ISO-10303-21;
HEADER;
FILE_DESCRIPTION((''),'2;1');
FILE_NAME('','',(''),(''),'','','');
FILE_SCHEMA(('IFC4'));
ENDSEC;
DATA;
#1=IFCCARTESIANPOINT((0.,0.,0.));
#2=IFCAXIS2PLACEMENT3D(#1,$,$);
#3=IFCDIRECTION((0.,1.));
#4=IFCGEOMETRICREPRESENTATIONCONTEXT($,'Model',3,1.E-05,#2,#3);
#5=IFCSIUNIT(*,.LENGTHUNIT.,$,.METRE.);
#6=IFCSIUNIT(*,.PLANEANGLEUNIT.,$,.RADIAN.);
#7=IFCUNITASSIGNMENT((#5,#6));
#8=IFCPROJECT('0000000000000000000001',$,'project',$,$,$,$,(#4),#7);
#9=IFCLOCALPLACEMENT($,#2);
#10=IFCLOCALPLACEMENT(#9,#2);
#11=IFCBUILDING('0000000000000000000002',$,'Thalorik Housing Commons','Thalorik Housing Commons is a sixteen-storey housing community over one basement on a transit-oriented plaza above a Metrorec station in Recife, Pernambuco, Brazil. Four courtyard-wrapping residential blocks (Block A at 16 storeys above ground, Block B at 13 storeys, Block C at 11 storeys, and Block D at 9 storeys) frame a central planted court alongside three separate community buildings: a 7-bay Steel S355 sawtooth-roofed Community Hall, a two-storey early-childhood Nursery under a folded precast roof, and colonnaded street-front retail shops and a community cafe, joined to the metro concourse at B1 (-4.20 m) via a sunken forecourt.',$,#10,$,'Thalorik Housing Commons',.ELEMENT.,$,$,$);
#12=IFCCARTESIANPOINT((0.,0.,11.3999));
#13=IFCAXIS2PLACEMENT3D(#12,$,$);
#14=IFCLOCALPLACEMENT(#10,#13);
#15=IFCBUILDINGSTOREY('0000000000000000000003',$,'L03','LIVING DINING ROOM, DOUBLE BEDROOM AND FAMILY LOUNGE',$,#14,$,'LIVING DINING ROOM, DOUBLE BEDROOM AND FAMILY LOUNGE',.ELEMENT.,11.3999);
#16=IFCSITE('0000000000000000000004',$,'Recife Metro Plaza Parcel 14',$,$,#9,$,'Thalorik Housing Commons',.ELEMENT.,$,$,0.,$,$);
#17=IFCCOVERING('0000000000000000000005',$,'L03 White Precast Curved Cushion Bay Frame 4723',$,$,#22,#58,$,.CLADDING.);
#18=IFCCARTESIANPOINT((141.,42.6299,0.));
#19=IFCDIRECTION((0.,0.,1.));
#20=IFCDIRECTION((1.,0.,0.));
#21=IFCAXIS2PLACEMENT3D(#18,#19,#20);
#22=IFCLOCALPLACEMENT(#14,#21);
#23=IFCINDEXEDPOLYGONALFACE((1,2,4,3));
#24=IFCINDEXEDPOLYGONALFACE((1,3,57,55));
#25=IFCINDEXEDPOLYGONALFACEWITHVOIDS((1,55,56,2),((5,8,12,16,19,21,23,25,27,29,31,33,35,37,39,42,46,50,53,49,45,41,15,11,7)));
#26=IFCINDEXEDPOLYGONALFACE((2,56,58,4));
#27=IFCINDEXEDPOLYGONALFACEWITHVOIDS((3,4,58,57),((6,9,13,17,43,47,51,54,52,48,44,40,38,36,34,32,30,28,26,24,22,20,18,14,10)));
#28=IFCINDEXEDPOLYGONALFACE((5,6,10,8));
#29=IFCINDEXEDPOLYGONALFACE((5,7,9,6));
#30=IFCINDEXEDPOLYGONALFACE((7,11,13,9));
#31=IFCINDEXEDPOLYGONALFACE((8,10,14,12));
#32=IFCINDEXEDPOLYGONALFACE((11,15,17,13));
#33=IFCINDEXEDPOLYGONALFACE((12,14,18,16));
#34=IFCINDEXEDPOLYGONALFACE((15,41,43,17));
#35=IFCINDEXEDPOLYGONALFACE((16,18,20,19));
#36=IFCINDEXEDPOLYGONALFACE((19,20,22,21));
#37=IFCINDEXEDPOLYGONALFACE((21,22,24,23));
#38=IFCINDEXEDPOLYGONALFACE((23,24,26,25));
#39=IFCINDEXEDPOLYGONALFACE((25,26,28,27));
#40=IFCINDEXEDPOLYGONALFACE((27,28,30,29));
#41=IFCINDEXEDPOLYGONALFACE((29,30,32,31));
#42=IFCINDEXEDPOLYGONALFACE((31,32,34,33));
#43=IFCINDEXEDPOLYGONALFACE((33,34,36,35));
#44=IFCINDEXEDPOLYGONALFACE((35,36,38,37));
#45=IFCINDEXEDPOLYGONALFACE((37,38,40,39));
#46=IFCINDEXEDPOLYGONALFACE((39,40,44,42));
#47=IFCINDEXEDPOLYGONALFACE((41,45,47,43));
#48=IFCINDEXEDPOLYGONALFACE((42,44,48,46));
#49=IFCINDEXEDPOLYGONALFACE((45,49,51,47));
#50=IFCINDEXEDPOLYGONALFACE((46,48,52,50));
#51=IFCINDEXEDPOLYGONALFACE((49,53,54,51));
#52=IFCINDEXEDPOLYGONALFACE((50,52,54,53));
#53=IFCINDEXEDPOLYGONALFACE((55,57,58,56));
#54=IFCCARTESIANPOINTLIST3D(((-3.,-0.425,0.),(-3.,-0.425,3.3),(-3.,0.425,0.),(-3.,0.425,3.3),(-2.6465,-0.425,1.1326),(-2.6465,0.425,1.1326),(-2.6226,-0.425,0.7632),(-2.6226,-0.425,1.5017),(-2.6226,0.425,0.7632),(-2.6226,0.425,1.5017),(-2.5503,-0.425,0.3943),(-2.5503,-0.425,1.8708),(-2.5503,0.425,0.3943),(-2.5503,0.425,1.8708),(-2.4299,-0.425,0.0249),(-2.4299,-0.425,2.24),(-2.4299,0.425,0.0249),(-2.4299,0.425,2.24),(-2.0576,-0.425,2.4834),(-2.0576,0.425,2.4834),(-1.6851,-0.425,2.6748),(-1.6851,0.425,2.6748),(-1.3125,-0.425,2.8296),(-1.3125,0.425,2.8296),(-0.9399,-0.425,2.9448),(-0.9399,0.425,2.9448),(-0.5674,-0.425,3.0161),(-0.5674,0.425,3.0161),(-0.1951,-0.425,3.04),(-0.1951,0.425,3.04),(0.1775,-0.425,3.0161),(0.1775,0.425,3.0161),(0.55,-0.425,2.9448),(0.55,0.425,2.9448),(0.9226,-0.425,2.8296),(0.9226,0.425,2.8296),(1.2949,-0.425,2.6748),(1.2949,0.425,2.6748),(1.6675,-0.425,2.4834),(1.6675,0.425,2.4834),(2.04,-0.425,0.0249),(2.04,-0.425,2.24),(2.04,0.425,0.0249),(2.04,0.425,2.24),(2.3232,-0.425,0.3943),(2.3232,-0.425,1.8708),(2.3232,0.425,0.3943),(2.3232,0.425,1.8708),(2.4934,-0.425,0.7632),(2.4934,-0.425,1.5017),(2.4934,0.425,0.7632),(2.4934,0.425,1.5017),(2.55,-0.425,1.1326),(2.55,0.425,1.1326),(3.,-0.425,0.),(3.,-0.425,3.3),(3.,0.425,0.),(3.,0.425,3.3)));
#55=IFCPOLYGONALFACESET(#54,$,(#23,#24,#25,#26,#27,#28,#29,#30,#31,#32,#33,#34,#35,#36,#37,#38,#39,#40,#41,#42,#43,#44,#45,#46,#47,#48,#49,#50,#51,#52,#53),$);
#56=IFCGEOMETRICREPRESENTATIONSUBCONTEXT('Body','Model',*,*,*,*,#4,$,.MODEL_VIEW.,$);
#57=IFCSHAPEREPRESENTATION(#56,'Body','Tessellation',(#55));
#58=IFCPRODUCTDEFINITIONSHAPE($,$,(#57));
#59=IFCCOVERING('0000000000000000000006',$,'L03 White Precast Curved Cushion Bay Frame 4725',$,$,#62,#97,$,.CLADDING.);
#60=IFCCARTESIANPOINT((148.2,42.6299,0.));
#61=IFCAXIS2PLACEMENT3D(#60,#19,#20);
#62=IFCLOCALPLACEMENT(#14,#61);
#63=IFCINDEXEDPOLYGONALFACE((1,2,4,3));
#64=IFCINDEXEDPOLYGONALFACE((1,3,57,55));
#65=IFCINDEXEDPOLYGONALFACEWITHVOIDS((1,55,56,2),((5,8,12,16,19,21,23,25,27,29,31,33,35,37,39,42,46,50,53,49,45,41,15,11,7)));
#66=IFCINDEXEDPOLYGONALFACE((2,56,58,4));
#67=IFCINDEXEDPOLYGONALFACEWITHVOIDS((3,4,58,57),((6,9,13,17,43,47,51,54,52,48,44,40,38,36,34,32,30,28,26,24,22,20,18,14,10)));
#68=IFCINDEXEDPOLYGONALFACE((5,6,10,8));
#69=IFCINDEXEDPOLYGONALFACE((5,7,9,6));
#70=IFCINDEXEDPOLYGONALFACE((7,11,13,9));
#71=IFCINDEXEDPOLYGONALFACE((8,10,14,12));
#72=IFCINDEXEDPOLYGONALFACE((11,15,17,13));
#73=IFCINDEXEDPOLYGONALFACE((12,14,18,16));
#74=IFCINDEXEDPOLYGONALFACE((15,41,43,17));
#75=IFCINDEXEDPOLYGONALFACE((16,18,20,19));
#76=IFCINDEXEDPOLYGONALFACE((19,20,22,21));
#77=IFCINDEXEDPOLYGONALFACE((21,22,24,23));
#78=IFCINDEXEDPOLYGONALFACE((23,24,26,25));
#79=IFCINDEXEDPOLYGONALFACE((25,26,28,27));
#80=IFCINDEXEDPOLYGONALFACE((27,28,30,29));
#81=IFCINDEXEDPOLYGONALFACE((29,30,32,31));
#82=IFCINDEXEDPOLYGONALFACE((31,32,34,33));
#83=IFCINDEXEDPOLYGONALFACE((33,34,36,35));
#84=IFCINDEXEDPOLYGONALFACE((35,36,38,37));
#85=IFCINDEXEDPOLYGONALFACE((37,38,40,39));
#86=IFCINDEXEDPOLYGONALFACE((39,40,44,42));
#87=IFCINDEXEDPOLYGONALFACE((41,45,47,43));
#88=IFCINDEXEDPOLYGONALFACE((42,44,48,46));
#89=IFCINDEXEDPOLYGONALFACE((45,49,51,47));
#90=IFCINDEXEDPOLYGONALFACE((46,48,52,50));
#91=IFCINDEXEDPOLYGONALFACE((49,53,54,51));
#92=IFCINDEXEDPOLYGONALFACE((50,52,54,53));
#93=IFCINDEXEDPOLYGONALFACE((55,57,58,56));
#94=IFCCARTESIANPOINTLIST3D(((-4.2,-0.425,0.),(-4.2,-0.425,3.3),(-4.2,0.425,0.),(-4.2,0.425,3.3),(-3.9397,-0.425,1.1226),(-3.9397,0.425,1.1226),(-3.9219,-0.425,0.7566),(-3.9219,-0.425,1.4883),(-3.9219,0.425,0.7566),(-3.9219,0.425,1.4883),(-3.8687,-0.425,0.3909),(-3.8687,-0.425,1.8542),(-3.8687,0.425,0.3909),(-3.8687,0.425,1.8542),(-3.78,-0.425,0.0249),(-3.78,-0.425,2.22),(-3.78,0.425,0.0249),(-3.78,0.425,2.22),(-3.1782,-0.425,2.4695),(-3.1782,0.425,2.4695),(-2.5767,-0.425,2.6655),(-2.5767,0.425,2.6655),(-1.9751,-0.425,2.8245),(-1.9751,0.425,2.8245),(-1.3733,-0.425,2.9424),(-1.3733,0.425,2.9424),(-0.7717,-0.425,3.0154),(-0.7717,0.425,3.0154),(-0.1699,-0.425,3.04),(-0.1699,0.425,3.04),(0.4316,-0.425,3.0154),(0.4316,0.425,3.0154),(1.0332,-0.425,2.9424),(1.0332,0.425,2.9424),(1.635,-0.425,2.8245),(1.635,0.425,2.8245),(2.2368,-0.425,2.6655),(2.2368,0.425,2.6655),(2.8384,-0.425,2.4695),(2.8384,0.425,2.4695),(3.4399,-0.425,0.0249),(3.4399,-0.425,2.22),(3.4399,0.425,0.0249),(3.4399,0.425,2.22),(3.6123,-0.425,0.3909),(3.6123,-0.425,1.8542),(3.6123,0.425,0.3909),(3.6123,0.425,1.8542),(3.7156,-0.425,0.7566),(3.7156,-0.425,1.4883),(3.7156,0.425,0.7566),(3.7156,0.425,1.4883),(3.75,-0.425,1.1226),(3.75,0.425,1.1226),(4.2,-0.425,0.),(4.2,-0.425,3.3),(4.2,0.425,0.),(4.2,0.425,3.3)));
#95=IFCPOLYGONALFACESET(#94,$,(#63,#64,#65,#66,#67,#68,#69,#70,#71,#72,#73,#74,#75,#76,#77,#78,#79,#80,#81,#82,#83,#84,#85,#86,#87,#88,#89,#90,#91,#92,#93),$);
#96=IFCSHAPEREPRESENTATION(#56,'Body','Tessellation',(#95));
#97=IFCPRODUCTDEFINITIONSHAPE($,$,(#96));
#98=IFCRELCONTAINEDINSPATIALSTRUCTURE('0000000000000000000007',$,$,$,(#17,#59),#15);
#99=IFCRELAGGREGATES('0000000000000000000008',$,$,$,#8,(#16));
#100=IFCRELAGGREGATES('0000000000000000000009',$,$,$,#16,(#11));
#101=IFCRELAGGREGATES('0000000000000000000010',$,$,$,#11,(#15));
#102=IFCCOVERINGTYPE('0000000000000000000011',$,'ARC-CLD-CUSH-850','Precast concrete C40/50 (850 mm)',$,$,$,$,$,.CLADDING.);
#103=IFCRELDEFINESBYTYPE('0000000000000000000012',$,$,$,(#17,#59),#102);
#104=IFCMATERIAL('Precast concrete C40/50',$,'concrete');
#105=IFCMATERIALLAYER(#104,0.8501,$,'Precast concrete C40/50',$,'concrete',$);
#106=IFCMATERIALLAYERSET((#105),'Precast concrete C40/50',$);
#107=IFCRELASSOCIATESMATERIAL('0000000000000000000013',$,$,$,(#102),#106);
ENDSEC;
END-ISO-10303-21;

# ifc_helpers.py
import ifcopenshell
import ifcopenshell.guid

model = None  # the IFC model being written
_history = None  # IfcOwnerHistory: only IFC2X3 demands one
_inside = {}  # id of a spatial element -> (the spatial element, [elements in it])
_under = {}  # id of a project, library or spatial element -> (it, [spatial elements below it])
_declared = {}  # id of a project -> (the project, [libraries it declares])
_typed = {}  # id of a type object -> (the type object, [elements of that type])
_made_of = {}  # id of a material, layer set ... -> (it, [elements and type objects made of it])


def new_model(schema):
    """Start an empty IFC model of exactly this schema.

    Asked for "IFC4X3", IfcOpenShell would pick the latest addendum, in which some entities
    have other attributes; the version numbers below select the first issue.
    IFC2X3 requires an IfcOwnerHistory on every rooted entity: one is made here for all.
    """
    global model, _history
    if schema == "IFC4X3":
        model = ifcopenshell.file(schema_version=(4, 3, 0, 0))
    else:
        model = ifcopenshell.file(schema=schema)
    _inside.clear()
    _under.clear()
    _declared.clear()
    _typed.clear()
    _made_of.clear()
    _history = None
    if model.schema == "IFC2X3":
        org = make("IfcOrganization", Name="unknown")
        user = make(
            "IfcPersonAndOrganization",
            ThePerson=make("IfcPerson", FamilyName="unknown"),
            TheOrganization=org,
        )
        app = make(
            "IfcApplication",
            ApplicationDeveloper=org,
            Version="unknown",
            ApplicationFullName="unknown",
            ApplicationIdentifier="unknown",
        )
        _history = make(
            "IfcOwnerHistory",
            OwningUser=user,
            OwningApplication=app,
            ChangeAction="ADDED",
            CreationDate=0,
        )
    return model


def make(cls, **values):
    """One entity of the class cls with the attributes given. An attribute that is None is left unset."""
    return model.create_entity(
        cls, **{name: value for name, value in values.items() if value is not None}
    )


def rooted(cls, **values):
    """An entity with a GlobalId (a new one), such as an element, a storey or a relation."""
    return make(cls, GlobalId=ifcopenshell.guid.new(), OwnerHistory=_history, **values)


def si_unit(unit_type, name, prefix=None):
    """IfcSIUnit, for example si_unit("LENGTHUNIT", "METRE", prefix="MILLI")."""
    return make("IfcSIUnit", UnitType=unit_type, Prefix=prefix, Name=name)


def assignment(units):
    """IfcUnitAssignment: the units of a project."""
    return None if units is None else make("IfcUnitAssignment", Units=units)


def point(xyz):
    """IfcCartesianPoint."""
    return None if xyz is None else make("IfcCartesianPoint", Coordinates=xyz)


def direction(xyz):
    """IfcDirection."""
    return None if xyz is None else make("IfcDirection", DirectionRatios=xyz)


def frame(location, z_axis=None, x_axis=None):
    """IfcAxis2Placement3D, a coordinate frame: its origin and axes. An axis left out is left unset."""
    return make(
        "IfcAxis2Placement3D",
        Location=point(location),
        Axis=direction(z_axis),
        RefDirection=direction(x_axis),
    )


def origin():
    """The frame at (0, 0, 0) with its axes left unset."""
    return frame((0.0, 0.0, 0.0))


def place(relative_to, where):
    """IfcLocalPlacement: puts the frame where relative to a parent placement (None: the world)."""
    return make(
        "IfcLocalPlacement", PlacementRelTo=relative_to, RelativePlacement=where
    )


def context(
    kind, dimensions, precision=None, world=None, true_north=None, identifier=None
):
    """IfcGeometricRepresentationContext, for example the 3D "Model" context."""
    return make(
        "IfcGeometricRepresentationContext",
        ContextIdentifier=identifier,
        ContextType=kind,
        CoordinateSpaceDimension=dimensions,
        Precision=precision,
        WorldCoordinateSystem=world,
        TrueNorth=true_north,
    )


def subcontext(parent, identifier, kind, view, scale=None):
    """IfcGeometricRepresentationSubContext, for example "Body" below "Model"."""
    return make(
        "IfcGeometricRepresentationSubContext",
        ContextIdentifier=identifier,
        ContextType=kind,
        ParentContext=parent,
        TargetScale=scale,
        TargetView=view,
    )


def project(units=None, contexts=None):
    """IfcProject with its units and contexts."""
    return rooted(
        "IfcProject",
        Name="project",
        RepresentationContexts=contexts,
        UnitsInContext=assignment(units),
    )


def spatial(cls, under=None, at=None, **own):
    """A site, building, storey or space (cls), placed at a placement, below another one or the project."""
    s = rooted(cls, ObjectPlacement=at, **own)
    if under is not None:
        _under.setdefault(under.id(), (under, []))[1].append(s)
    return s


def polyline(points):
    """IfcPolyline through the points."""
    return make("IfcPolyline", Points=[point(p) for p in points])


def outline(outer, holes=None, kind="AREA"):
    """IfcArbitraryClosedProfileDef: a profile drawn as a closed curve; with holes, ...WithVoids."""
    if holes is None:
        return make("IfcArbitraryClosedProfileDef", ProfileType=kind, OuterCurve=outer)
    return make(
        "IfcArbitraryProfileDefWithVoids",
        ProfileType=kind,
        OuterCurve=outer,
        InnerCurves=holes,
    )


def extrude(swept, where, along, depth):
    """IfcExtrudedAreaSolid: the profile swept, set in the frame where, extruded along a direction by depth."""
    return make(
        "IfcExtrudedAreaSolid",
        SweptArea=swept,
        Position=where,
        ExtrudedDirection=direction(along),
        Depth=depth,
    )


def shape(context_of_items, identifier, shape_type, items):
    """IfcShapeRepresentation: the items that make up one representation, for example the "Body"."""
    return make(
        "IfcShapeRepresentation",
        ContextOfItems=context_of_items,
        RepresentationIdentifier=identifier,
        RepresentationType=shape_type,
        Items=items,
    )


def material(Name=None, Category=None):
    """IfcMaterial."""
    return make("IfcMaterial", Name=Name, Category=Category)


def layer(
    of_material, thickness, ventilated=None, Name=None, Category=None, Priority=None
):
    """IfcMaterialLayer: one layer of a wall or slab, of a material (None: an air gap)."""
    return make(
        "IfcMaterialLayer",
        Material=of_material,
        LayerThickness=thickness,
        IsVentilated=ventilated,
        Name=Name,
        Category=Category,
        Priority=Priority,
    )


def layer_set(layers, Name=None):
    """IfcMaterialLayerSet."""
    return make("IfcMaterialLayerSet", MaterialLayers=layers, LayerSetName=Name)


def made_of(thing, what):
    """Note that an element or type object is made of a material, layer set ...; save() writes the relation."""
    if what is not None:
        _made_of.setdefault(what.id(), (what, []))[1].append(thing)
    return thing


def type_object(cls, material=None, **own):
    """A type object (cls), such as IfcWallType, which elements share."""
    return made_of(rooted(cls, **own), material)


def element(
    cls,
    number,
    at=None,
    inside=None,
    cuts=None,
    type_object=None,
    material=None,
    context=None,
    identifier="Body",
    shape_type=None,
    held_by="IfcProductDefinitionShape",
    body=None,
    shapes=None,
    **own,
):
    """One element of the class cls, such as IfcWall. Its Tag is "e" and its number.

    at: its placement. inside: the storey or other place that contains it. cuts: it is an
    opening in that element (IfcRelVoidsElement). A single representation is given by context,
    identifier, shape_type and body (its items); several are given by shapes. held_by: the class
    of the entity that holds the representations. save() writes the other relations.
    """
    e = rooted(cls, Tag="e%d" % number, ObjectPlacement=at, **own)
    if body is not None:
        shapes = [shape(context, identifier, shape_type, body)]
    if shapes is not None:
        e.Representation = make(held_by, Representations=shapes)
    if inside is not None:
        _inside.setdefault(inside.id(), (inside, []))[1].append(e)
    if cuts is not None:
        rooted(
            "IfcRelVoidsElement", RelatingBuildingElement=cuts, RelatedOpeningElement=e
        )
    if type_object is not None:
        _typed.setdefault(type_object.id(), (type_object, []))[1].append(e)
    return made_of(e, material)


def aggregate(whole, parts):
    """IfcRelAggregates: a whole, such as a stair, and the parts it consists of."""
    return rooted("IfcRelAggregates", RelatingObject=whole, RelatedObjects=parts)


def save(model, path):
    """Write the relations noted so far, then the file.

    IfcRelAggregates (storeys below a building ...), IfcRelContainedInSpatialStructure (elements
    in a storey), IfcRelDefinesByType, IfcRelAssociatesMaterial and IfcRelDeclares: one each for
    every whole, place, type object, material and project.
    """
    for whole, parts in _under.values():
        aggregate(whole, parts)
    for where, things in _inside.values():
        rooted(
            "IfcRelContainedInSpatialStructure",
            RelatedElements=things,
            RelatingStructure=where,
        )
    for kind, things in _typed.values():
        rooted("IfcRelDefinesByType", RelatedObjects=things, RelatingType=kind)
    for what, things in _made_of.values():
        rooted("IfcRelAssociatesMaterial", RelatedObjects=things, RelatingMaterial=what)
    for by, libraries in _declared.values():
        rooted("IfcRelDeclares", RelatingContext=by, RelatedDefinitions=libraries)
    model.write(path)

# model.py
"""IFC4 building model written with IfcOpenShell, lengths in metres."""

from ifc_helpers import new_model, si_unit, direction, frame, origin, place, context, subcontext, project, spatial, polyline, outline, extrude, material, layer, layer_set, type_object, element, save


model = new_model("IFC4")

# Units and contexts
model_context = context("Model", 3, precision=1e-05, world=origin(), true_north=direction((0.0, 1.0)))
body_context = subcontext(model_context, "Body", "Model", "MODEL_VIEW")
ifc_project = project(units=[si_unit("LENGTHUNIT", "METRE"), si_unit("PLANEANGLEUNIT", "RADIAN")], contexts=[model_context])

# Site, building, storey
site_placement = place(None, origin())
site = spatial("IfcSite", under=ifc_project, at=site_placement, Name="Recife Metro Plaza Parcel 14", LongName="Thalorik Housing Commons", CompositionType="ELEMENT", RefElevation=0.0)
building_placement = place(site_placement, origin())
building = spatial("IfcBuilding", under=site, at=building_placement, Name="Thalorik Housing Commons", Description="Thalorik Housing Commons is a sixteen-storey housing community over one basement on a transit-oriented plaza above a Metrorec station in Recife, Pernambuco, Brazil. Four courtyard-wrapping residential blocks (Block A at 16 storeys above ground, Block B at 13 storeys, Block C at 11 storeys, and Block D at 9 storeys) frame a central planted court alongside three separate community buildings: a 7-bay Steel S355 sawtooth-roofed Community Hall, a two-storey early-childhood Nursery under a folded precast roof, and colonnaded street-front retail shops and a community cafe, joined to the metro concourse at B1 (-4.20 m) via a sunken forecourt.", LongName="Thalorik Housing Commons", CompositionType="ELEMENT")
storey_placement = place(building_placement, frame((0.0, 0.0, 11.3999)))
storey = spatial("IfcBuildingStorey", under=building, at=storey_placement, Name="L03", Description="LIVING DINING ROOM, DOUBLE BEDROOM AND FAMILY LOUNGE", LongName="LIVING DINING ROOM, DOUBLE BEDROOM AND FAMILY LOUNGE", CompositionType="ELEMENT", Elevation=11.3999)

# Shared definitions
ifc_material_1 = material(Name="Precast concrete C40/50", Category="concrete")

# Coverings
ifc_layer_1 = layer(ifc_material_1, 0.8501, Name="Precast concrete C40/50", Category="concrete")
ifc_layer_set_1 = layer_set([ifc_layer_1], Name="Precast concrete C40/50")
covering_type_1 = type_object("IfcCoveringType", Name="ARC-CLD-CUSH-850", Description="Precast concrete C40/50 (850 mm)", PredefinedType="CLADDING", material=ifc_layer_set_1)
covering_1_placement = place(storey_placement, frame((141.0, 42.6299, 0.0), z_axis=(0.0, 0.0, 1.0), x_axis=(1.0, 0.0, 0.0)))
element("IfcCovering", 1, at=covering_1_placement, inside=storey, type_object=covering_type_1, Name="L03 White Precast Curved Cushion Bay Frame 4723", PredefinedType="CLADDING", context=body_context, shape_type="SweptSolid", body=[
    extrude(outline(polyline([(-3.0, 0.0), (3.0, 0.0), (3.0, 3.3), (-3.0, 3.3), (-3.0, 0.0)]), holes=[polyline([(2.04, 0.0249), (2.3232, 0.3943), (2.4934, 0.7632), (2.55, 1.1326), (2.4934, 1.5017), (2.3232, 1.8708), (2.04, 2.24), (1.6675, 2.4834), (1.2949, 2.6748), (0.9226, 2.8296), (0.55, 2.9448), (0.1775, 3.0161), (-0.1951, 3.04), (-0.5674, 3.0161), (-0.9399, 2.9448), (-1.3125, 2.8296), (-1.6851, 2.6748), (-2.0576, 2.4834), (-2.4299, 2.24), (-2.5503, 1.8708), (-2.6226, 1.5017), (-2.6465, 1.1326), (-2.6226, 0.7632), (-2.5503, 0.3943), (-2.4299, 0.0249), (2.04, 0.0249)])]), frame((0.0, 0.425, 0.0), z_axis=(0.0, -1.0, 0.0), x_axis=(1.0, 0.0, 0.0)), (0.0, 0.0, 1.0), 0.8501),
])
covering_2_placement = place(storey_placement, frame((148.2, 42.6299, 0.0), z_axis=(0.0, 0.0, 1.0), x_axis=(1.0, 0.0, 0.0)))
element("IfcCovering", 2, at=covering_2_placement, inside=storey, type_object=covering_type_1, Name="L03 White Precast Curved Cushion Bay Frame 4725", PredefinedType="CLADDING", context=body_context, shape_type="SweptSolid", body=[
    extrude(outline(polyline([(-4.2, 0.0), (4.2, 0.0), (4.2, 3.3), (-4.2, 3.3), (-4.2, 0.0)]), holes=[polyline([(3.4399, 0.0249), (3.6123, 0.3909), (3.7156, 0.7566), (3.75, 1.1226), (3.7156, 1.4883), (3.6123, 1.8542), (3.4399, 2.22), (2.8384, 2.4695), (2.2368, 2.6655), (1.635, 2.8245), (1.0332, 2.9424), (0.4316, 3.0154), (-0.1699, 3.04), (-0.7717, 3.0154), (-1.3733, 2.9424), (-1.9751, 2.8245), (-2.5767, 2.6655), (-3.1782, 2.4695), (-3.78, 2.22), (-3.8687, 1.8542), (-3.9219, 1.4883), (-3.9397, 1.1226), (-3.9219, 0.7566), (-3.8687, 0.3909), (-3.78, 0.0249), (3.4399, 0.0249)])]), frame((0.0, 0.425, 0.0), z_axis=(0.0, -1.0, 0.0), x_axis=(1.0, 0.0, 0.0)), (0.0, 0.0, 1.0), 0.8501),
])

save(model, "model.ifc")
